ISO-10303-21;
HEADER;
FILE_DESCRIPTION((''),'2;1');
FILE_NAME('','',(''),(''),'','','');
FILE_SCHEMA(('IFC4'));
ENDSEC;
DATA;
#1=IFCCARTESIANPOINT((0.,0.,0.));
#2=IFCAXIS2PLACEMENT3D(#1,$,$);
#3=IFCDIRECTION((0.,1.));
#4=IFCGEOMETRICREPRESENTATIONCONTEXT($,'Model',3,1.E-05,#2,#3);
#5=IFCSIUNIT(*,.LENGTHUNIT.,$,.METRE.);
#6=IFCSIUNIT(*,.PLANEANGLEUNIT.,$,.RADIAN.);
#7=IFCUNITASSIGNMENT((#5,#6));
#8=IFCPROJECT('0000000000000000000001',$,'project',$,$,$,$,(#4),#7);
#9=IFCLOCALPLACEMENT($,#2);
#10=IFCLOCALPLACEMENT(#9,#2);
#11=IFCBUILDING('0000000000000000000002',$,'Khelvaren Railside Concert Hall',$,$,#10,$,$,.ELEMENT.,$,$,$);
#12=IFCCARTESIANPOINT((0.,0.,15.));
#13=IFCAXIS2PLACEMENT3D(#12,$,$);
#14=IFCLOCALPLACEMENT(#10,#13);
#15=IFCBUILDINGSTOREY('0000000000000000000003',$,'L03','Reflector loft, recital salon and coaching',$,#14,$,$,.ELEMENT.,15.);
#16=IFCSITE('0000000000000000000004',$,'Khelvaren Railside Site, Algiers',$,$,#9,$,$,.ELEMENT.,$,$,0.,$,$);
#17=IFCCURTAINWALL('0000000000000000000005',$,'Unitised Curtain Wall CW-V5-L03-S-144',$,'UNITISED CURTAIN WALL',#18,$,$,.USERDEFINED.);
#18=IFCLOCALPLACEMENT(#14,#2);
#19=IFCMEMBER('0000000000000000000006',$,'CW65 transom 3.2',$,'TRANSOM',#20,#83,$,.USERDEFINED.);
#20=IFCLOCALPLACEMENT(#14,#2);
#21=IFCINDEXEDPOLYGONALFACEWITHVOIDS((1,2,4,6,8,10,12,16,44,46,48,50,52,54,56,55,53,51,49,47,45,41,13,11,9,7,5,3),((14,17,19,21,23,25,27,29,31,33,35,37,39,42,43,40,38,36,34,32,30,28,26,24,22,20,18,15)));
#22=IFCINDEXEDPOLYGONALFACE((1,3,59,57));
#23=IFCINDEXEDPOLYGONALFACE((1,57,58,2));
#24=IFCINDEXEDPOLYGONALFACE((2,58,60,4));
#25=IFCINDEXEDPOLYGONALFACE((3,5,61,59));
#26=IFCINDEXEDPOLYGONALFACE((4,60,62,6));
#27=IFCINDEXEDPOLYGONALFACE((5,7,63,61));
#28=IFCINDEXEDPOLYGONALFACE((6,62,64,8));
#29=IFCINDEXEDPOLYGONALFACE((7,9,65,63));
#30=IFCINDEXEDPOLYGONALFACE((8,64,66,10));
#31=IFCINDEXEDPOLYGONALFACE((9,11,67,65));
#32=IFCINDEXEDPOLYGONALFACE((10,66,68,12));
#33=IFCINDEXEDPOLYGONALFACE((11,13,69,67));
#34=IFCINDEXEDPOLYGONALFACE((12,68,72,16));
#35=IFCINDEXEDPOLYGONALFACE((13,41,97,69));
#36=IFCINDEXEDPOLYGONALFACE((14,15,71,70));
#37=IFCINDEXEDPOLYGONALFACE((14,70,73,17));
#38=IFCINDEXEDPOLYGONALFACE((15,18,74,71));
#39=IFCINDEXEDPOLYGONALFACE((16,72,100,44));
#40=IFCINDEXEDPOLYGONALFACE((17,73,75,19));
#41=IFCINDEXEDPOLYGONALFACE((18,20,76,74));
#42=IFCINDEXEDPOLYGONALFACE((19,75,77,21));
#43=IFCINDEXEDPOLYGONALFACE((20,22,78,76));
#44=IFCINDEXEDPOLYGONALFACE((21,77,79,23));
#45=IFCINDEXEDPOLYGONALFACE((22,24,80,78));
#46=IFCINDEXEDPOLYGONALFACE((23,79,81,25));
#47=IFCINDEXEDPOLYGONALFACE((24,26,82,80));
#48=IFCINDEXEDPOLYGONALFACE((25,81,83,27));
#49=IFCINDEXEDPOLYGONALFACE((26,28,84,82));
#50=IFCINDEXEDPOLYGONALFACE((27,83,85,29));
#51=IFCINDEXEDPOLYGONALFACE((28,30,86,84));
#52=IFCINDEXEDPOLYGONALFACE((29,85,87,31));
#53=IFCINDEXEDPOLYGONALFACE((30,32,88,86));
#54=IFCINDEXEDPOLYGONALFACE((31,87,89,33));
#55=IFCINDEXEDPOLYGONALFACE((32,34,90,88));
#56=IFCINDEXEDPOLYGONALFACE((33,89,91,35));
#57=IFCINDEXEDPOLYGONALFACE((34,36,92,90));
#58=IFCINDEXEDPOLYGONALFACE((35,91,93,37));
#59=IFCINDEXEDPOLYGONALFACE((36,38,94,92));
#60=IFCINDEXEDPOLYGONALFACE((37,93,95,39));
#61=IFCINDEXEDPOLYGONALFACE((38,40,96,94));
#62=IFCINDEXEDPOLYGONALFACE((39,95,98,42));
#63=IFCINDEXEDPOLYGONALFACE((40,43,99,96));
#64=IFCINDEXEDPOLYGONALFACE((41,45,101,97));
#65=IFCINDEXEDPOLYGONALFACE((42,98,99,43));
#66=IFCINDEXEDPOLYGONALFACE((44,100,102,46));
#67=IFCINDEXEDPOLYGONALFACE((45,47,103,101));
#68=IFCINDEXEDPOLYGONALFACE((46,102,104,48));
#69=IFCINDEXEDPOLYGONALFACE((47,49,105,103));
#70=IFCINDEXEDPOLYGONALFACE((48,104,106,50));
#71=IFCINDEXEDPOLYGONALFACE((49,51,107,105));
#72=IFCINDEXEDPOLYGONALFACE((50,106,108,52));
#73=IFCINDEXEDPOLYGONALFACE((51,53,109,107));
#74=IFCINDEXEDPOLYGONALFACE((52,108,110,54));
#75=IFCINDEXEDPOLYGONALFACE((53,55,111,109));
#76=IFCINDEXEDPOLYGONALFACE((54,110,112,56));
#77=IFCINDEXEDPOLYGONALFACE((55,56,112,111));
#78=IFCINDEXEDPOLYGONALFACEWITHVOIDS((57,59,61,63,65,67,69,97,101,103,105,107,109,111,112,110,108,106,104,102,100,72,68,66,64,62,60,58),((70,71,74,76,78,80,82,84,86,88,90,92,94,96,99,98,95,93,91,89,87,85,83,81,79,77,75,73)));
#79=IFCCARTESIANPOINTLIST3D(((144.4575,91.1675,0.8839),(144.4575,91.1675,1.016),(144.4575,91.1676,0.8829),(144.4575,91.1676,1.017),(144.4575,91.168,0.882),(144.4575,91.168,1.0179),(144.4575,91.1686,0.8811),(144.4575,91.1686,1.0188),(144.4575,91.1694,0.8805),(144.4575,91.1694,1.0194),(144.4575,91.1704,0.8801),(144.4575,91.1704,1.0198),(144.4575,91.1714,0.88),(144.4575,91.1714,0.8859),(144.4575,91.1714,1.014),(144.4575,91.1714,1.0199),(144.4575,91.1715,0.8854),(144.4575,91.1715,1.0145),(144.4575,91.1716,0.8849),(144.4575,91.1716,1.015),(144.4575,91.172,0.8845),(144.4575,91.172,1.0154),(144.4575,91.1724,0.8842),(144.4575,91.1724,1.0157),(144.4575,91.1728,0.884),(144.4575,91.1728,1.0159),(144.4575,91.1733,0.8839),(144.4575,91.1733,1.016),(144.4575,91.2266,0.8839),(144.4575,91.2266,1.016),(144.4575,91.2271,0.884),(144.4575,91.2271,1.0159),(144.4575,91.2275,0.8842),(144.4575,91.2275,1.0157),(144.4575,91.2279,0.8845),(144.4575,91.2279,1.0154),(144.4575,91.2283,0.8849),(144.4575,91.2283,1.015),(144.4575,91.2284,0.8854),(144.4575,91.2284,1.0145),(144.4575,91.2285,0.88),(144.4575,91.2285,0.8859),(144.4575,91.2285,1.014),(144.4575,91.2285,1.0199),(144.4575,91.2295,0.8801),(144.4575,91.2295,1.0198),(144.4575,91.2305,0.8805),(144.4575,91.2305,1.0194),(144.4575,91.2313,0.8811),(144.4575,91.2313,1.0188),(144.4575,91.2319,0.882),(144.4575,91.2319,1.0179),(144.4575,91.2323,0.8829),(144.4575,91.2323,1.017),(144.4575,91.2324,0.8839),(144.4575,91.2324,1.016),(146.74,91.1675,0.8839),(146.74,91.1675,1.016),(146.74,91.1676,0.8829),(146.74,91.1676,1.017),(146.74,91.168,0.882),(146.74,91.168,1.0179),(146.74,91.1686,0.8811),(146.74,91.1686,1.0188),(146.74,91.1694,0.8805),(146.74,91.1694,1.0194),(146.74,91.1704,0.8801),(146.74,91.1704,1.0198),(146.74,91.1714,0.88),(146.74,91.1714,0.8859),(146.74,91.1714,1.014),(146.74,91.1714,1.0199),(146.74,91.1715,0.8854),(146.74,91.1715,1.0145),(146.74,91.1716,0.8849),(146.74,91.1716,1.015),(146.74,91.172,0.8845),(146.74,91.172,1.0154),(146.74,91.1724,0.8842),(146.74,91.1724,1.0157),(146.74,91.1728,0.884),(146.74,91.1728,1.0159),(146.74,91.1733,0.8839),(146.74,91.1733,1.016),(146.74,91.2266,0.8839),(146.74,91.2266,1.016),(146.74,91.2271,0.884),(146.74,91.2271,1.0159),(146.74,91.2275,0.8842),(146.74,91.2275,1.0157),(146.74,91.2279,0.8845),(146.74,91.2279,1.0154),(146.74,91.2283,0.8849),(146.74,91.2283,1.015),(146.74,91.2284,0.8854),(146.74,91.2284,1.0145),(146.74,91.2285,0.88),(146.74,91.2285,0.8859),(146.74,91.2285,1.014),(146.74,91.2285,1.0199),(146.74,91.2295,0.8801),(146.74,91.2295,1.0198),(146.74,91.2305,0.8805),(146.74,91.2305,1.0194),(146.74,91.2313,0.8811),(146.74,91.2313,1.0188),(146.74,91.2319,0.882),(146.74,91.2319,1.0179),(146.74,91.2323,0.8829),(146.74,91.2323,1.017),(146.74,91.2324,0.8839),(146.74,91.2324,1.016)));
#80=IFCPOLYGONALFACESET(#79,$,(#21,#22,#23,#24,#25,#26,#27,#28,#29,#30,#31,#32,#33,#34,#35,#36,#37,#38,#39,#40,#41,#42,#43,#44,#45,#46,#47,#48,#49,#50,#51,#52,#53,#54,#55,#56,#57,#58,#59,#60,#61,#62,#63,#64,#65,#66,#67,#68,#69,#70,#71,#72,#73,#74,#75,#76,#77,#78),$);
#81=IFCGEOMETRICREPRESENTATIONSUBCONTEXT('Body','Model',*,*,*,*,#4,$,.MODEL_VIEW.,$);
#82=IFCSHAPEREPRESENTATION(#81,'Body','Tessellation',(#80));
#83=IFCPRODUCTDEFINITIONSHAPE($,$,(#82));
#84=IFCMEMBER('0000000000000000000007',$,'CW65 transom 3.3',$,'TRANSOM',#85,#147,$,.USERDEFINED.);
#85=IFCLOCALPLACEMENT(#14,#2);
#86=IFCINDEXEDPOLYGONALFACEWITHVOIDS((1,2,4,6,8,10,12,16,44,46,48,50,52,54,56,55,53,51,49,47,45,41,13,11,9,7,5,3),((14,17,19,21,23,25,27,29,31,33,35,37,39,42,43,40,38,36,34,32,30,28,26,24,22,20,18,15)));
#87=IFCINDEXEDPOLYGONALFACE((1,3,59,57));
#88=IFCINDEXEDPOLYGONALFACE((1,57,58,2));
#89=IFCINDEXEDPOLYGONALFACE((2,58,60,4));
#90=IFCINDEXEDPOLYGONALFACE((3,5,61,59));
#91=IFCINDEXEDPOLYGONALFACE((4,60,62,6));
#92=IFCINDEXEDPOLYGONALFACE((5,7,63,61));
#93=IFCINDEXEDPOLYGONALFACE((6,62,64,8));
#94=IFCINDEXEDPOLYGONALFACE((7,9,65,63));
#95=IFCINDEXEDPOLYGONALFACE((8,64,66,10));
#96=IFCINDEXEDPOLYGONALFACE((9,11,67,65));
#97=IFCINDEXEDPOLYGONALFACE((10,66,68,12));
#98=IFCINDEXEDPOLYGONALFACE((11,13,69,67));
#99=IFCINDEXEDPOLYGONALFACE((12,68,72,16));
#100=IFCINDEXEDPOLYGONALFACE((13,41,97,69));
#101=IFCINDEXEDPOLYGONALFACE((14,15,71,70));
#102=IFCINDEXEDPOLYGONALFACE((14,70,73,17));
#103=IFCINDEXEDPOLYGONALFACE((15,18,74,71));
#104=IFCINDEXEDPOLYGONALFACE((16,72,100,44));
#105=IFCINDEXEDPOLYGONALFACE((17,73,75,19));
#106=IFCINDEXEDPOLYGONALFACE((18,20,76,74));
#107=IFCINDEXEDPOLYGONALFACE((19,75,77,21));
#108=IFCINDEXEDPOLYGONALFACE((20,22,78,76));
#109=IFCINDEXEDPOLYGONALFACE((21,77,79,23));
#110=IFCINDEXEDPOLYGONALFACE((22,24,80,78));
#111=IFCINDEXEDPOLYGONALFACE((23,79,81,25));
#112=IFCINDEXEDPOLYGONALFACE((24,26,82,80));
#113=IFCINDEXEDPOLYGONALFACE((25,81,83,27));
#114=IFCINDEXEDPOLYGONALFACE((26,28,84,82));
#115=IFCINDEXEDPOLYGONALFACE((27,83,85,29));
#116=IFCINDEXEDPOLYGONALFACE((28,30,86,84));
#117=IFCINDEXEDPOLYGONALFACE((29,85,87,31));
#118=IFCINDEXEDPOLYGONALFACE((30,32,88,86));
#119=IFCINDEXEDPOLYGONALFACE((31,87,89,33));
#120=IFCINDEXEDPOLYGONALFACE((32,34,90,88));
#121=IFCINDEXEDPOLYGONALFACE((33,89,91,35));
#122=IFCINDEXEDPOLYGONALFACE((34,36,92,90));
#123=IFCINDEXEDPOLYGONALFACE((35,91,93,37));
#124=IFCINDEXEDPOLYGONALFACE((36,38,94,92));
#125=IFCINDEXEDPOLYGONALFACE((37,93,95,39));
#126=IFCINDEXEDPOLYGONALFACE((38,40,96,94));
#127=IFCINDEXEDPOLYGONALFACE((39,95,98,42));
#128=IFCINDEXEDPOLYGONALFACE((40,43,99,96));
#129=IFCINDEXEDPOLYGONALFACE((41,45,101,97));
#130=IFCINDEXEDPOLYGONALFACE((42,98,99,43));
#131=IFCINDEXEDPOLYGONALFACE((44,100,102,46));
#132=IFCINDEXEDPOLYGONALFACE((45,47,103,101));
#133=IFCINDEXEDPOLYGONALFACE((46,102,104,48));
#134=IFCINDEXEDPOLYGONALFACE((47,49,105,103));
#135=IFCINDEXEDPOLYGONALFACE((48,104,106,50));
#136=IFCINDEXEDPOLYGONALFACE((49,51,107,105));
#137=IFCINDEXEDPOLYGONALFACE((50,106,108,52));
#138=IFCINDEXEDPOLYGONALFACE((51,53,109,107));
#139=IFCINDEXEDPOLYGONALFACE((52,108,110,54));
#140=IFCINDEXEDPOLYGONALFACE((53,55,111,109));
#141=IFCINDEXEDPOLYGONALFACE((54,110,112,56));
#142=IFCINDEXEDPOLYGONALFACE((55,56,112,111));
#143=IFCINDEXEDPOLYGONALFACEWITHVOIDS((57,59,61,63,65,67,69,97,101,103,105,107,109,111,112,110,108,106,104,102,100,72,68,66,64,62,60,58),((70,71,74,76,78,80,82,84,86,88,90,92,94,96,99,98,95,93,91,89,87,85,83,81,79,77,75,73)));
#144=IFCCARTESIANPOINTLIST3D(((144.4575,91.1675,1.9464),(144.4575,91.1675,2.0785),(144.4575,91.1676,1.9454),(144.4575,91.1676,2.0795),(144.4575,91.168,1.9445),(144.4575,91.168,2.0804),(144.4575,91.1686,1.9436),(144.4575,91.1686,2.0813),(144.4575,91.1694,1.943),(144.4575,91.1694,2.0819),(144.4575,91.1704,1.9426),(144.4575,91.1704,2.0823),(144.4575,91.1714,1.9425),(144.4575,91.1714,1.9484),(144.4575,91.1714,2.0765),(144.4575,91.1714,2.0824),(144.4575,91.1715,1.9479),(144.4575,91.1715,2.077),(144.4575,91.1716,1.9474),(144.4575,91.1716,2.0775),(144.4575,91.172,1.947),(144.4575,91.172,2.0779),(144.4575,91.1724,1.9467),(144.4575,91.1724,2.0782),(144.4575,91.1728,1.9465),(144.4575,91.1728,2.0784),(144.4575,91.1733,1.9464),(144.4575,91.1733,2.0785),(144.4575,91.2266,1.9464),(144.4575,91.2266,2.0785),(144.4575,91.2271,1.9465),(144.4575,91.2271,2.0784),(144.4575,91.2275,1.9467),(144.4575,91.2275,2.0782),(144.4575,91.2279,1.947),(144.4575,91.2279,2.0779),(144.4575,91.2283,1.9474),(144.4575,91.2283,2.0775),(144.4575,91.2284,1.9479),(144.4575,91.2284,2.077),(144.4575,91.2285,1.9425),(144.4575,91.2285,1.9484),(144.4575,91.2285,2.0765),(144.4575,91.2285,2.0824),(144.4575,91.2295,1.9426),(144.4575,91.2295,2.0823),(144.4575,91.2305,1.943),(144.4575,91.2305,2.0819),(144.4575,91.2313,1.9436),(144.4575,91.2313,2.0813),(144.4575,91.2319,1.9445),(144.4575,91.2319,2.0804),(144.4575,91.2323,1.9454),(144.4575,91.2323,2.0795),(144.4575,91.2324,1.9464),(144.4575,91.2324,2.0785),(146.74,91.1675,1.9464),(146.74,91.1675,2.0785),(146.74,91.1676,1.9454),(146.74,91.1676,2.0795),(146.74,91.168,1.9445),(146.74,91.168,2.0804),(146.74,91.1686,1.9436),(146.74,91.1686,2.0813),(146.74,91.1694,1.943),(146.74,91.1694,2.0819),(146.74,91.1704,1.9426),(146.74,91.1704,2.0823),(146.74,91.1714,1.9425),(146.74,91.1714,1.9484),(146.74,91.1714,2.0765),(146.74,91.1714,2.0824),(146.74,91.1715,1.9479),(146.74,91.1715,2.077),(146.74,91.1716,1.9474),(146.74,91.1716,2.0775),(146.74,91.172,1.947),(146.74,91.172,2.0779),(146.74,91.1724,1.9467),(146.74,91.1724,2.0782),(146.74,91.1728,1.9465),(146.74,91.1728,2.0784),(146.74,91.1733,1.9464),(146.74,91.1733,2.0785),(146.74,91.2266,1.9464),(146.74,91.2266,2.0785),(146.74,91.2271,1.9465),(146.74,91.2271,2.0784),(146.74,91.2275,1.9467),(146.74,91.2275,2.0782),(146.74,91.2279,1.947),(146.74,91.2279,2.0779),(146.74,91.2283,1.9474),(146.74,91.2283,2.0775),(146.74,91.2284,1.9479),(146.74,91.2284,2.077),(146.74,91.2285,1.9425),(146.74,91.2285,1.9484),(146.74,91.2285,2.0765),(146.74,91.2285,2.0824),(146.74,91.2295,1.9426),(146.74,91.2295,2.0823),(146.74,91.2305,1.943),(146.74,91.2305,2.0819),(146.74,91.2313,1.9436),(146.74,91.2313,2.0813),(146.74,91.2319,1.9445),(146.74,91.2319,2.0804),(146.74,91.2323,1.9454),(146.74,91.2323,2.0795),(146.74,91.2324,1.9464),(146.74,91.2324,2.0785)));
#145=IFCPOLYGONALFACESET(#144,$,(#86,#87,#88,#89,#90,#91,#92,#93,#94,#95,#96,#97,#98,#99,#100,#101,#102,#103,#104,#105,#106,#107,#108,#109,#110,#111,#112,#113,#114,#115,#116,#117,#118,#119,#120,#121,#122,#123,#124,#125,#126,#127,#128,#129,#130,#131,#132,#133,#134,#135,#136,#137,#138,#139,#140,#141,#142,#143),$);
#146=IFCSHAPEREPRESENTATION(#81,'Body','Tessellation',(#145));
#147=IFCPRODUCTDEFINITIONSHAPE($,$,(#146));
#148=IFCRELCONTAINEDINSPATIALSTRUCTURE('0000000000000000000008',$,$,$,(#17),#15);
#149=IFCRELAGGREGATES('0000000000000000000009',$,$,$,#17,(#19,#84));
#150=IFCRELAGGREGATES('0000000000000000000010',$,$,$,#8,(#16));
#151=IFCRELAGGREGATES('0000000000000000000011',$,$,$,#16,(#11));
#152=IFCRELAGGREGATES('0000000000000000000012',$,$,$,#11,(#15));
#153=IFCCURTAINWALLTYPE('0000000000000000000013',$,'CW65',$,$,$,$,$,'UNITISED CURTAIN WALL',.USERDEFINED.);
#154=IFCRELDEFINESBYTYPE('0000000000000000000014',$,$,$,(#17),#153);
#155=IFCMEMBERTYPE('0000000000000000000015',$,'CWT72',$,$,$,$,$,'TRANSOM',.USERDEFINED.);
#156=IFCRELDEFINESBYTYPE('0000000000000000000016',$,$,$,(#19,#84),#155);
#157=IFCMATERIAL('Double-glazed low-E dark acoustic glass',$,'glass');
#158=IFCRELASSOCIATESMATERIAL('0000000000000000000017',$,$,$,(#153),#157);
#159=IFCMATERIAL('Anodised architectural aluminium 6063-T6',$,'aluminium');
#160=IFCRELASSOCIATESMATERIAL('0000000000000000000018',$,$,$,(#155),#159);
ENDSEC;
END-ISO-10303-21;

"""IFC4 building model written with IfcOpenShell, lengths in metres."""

from ifc_helpers import new_model, si_unit, direction, frame, origin, origin_2d, place, context, subcontext, project, spatial, hollow_rectangle, extrude, material, material_profile, profile_set, type_object, element, aggregate, save


model = new_model("IFC4")

# Units and contexts
model_context = context("Model", 3, precision=1e-05, world=origin(), true_north=direction((0.0, 1.0)))
body_context = subcontext(model_context, "Body", "Model", "MODEL_VIEW")
ifc_project = project(units=[si_unit("LENGTHUNIT", "METRE"), si_unit("PLANEANGLEUNIT", "RADIAN")], contexts=[model_context])

# Site, building, storey
site_placement = place(None, origin())
site = spatial("IfcSite", under=ifc_project, at=site_placement, Name="Khelvaren Railside Site, Algiers", CompositionType="ELEMENT", RefElevation=0.0)
building_placement = place(site_placement, origin())
building = spatial("IfcBuilding", under=site, at=building_placement, Name="Khelvaren Railside Concert Hall", CompositionType="ELEMENT")
storey_placement = place(building_placement, frame((0.0, 0.0, 15.0)))
storey = spatial("IfcBuildingStorey", under=building, at=storey_placement, Name="L03", Description="Reflector loft, recital salon and coaching", CompositionType="ELEMENT", Elevation=15.0)

# Shared definitions
ifc_material_1 = material(Name="Double-glazed low-E dark acoustic glass", Category="glass")
ifc_material_2 = material(Name="Anodised architectural aluminium 6063-T6", Category="aluminium")

# Curtain wall
curtain_wall_type_1 = type_object("IfcCurtainWallType", Name="CW65", ElementType="UNITISED CURTAIN WALL", PredefinedType="USERDEFINED", material=ifc_material_1)
curtain_wall_1_placement = place(storey_placement, origin())
curtain_wall_1 = element("IfcCurtainWall", 1, at=curtain_wall_1_placement, inside=storey, type_object=curtain_wall_type_1, Name="Unitised Curtain Wall CW-V5-L03-S-144", ObjectType="UNITISED CURTAIN WALL", PredefinedType="USERDEFINED")

# Members
ifc_material_profile_1 = material_profile(ifc_material_2, hollow_rectangle(XDim=0.0649, YDim=0.1399, WallThickness=0.0039, InnerFilletRadius=0.002, OuterFilletRadius=0.0039, at=origin_2d()), Name="CWT 65x140x4")
ifc_profile_set_1 = profile_set([ifc_material_profile_1], Name="Anodised architectural aluminium 6063-T6")
member_type_1 = type_object("IfcMemberType", Name="CWT72", ElementType="TRANSOM", PredefinedType="USERDEFINED", material=ifc_profile_set_1)
member_1_placement = place(storey_placement, frame((146.74, 91.2, 0.95), z_axis=(-1.0, 0.0, 0.0), x_axis=(0.0, -1.0, 0.0)))
member_1 = element("IfcMember", 2, at=member_1_placement, type_object=member_type_1, Name="CW65 transom 3.2", ObjectType="TRANSOM", PredefinedType="USERDEFINED", context=body_context, shape_type="SweptSolid", body=[
    extrude(hollow_rectangle(XDim=0.0649, YDim=0.1399, WallThickness=0.0039, InnerFilletRadius=0.002, OuterFilletRadius=0.0039, at=origin_2d()), origin(), (0.0, 0.0, 1.0), 2.2825),
])
member_2_placement = place(storey_placement, frame((146.74, 91.2, 2.0125), z_axis=(-1.0, 0.0, 0.0), x_axis=(0.0, -1.0, 0.0)))
member_2 = element("IfcMember", 3, at=member_2_placement, type_object=member_type_1, Name="CW65 transom 3.3", ObjectType="TRANSOM", PredefinedType="USERDEFINED", context=body_context, shape_type="SweptSolid", body=[
    extrude(hollow_rectangle(XDim=0.0649, YDim=0.1399, WallThickness=0.0039, InnerFilletRadius=0.002, OuterFilletRadius=0.0039, at=origin_2d()), origin(), (0.0, 0.0, 1.0), 2.2825),
])

aggregate(curtain_wall_1, [member_1, member_2])

save(model, "model.ifc")
